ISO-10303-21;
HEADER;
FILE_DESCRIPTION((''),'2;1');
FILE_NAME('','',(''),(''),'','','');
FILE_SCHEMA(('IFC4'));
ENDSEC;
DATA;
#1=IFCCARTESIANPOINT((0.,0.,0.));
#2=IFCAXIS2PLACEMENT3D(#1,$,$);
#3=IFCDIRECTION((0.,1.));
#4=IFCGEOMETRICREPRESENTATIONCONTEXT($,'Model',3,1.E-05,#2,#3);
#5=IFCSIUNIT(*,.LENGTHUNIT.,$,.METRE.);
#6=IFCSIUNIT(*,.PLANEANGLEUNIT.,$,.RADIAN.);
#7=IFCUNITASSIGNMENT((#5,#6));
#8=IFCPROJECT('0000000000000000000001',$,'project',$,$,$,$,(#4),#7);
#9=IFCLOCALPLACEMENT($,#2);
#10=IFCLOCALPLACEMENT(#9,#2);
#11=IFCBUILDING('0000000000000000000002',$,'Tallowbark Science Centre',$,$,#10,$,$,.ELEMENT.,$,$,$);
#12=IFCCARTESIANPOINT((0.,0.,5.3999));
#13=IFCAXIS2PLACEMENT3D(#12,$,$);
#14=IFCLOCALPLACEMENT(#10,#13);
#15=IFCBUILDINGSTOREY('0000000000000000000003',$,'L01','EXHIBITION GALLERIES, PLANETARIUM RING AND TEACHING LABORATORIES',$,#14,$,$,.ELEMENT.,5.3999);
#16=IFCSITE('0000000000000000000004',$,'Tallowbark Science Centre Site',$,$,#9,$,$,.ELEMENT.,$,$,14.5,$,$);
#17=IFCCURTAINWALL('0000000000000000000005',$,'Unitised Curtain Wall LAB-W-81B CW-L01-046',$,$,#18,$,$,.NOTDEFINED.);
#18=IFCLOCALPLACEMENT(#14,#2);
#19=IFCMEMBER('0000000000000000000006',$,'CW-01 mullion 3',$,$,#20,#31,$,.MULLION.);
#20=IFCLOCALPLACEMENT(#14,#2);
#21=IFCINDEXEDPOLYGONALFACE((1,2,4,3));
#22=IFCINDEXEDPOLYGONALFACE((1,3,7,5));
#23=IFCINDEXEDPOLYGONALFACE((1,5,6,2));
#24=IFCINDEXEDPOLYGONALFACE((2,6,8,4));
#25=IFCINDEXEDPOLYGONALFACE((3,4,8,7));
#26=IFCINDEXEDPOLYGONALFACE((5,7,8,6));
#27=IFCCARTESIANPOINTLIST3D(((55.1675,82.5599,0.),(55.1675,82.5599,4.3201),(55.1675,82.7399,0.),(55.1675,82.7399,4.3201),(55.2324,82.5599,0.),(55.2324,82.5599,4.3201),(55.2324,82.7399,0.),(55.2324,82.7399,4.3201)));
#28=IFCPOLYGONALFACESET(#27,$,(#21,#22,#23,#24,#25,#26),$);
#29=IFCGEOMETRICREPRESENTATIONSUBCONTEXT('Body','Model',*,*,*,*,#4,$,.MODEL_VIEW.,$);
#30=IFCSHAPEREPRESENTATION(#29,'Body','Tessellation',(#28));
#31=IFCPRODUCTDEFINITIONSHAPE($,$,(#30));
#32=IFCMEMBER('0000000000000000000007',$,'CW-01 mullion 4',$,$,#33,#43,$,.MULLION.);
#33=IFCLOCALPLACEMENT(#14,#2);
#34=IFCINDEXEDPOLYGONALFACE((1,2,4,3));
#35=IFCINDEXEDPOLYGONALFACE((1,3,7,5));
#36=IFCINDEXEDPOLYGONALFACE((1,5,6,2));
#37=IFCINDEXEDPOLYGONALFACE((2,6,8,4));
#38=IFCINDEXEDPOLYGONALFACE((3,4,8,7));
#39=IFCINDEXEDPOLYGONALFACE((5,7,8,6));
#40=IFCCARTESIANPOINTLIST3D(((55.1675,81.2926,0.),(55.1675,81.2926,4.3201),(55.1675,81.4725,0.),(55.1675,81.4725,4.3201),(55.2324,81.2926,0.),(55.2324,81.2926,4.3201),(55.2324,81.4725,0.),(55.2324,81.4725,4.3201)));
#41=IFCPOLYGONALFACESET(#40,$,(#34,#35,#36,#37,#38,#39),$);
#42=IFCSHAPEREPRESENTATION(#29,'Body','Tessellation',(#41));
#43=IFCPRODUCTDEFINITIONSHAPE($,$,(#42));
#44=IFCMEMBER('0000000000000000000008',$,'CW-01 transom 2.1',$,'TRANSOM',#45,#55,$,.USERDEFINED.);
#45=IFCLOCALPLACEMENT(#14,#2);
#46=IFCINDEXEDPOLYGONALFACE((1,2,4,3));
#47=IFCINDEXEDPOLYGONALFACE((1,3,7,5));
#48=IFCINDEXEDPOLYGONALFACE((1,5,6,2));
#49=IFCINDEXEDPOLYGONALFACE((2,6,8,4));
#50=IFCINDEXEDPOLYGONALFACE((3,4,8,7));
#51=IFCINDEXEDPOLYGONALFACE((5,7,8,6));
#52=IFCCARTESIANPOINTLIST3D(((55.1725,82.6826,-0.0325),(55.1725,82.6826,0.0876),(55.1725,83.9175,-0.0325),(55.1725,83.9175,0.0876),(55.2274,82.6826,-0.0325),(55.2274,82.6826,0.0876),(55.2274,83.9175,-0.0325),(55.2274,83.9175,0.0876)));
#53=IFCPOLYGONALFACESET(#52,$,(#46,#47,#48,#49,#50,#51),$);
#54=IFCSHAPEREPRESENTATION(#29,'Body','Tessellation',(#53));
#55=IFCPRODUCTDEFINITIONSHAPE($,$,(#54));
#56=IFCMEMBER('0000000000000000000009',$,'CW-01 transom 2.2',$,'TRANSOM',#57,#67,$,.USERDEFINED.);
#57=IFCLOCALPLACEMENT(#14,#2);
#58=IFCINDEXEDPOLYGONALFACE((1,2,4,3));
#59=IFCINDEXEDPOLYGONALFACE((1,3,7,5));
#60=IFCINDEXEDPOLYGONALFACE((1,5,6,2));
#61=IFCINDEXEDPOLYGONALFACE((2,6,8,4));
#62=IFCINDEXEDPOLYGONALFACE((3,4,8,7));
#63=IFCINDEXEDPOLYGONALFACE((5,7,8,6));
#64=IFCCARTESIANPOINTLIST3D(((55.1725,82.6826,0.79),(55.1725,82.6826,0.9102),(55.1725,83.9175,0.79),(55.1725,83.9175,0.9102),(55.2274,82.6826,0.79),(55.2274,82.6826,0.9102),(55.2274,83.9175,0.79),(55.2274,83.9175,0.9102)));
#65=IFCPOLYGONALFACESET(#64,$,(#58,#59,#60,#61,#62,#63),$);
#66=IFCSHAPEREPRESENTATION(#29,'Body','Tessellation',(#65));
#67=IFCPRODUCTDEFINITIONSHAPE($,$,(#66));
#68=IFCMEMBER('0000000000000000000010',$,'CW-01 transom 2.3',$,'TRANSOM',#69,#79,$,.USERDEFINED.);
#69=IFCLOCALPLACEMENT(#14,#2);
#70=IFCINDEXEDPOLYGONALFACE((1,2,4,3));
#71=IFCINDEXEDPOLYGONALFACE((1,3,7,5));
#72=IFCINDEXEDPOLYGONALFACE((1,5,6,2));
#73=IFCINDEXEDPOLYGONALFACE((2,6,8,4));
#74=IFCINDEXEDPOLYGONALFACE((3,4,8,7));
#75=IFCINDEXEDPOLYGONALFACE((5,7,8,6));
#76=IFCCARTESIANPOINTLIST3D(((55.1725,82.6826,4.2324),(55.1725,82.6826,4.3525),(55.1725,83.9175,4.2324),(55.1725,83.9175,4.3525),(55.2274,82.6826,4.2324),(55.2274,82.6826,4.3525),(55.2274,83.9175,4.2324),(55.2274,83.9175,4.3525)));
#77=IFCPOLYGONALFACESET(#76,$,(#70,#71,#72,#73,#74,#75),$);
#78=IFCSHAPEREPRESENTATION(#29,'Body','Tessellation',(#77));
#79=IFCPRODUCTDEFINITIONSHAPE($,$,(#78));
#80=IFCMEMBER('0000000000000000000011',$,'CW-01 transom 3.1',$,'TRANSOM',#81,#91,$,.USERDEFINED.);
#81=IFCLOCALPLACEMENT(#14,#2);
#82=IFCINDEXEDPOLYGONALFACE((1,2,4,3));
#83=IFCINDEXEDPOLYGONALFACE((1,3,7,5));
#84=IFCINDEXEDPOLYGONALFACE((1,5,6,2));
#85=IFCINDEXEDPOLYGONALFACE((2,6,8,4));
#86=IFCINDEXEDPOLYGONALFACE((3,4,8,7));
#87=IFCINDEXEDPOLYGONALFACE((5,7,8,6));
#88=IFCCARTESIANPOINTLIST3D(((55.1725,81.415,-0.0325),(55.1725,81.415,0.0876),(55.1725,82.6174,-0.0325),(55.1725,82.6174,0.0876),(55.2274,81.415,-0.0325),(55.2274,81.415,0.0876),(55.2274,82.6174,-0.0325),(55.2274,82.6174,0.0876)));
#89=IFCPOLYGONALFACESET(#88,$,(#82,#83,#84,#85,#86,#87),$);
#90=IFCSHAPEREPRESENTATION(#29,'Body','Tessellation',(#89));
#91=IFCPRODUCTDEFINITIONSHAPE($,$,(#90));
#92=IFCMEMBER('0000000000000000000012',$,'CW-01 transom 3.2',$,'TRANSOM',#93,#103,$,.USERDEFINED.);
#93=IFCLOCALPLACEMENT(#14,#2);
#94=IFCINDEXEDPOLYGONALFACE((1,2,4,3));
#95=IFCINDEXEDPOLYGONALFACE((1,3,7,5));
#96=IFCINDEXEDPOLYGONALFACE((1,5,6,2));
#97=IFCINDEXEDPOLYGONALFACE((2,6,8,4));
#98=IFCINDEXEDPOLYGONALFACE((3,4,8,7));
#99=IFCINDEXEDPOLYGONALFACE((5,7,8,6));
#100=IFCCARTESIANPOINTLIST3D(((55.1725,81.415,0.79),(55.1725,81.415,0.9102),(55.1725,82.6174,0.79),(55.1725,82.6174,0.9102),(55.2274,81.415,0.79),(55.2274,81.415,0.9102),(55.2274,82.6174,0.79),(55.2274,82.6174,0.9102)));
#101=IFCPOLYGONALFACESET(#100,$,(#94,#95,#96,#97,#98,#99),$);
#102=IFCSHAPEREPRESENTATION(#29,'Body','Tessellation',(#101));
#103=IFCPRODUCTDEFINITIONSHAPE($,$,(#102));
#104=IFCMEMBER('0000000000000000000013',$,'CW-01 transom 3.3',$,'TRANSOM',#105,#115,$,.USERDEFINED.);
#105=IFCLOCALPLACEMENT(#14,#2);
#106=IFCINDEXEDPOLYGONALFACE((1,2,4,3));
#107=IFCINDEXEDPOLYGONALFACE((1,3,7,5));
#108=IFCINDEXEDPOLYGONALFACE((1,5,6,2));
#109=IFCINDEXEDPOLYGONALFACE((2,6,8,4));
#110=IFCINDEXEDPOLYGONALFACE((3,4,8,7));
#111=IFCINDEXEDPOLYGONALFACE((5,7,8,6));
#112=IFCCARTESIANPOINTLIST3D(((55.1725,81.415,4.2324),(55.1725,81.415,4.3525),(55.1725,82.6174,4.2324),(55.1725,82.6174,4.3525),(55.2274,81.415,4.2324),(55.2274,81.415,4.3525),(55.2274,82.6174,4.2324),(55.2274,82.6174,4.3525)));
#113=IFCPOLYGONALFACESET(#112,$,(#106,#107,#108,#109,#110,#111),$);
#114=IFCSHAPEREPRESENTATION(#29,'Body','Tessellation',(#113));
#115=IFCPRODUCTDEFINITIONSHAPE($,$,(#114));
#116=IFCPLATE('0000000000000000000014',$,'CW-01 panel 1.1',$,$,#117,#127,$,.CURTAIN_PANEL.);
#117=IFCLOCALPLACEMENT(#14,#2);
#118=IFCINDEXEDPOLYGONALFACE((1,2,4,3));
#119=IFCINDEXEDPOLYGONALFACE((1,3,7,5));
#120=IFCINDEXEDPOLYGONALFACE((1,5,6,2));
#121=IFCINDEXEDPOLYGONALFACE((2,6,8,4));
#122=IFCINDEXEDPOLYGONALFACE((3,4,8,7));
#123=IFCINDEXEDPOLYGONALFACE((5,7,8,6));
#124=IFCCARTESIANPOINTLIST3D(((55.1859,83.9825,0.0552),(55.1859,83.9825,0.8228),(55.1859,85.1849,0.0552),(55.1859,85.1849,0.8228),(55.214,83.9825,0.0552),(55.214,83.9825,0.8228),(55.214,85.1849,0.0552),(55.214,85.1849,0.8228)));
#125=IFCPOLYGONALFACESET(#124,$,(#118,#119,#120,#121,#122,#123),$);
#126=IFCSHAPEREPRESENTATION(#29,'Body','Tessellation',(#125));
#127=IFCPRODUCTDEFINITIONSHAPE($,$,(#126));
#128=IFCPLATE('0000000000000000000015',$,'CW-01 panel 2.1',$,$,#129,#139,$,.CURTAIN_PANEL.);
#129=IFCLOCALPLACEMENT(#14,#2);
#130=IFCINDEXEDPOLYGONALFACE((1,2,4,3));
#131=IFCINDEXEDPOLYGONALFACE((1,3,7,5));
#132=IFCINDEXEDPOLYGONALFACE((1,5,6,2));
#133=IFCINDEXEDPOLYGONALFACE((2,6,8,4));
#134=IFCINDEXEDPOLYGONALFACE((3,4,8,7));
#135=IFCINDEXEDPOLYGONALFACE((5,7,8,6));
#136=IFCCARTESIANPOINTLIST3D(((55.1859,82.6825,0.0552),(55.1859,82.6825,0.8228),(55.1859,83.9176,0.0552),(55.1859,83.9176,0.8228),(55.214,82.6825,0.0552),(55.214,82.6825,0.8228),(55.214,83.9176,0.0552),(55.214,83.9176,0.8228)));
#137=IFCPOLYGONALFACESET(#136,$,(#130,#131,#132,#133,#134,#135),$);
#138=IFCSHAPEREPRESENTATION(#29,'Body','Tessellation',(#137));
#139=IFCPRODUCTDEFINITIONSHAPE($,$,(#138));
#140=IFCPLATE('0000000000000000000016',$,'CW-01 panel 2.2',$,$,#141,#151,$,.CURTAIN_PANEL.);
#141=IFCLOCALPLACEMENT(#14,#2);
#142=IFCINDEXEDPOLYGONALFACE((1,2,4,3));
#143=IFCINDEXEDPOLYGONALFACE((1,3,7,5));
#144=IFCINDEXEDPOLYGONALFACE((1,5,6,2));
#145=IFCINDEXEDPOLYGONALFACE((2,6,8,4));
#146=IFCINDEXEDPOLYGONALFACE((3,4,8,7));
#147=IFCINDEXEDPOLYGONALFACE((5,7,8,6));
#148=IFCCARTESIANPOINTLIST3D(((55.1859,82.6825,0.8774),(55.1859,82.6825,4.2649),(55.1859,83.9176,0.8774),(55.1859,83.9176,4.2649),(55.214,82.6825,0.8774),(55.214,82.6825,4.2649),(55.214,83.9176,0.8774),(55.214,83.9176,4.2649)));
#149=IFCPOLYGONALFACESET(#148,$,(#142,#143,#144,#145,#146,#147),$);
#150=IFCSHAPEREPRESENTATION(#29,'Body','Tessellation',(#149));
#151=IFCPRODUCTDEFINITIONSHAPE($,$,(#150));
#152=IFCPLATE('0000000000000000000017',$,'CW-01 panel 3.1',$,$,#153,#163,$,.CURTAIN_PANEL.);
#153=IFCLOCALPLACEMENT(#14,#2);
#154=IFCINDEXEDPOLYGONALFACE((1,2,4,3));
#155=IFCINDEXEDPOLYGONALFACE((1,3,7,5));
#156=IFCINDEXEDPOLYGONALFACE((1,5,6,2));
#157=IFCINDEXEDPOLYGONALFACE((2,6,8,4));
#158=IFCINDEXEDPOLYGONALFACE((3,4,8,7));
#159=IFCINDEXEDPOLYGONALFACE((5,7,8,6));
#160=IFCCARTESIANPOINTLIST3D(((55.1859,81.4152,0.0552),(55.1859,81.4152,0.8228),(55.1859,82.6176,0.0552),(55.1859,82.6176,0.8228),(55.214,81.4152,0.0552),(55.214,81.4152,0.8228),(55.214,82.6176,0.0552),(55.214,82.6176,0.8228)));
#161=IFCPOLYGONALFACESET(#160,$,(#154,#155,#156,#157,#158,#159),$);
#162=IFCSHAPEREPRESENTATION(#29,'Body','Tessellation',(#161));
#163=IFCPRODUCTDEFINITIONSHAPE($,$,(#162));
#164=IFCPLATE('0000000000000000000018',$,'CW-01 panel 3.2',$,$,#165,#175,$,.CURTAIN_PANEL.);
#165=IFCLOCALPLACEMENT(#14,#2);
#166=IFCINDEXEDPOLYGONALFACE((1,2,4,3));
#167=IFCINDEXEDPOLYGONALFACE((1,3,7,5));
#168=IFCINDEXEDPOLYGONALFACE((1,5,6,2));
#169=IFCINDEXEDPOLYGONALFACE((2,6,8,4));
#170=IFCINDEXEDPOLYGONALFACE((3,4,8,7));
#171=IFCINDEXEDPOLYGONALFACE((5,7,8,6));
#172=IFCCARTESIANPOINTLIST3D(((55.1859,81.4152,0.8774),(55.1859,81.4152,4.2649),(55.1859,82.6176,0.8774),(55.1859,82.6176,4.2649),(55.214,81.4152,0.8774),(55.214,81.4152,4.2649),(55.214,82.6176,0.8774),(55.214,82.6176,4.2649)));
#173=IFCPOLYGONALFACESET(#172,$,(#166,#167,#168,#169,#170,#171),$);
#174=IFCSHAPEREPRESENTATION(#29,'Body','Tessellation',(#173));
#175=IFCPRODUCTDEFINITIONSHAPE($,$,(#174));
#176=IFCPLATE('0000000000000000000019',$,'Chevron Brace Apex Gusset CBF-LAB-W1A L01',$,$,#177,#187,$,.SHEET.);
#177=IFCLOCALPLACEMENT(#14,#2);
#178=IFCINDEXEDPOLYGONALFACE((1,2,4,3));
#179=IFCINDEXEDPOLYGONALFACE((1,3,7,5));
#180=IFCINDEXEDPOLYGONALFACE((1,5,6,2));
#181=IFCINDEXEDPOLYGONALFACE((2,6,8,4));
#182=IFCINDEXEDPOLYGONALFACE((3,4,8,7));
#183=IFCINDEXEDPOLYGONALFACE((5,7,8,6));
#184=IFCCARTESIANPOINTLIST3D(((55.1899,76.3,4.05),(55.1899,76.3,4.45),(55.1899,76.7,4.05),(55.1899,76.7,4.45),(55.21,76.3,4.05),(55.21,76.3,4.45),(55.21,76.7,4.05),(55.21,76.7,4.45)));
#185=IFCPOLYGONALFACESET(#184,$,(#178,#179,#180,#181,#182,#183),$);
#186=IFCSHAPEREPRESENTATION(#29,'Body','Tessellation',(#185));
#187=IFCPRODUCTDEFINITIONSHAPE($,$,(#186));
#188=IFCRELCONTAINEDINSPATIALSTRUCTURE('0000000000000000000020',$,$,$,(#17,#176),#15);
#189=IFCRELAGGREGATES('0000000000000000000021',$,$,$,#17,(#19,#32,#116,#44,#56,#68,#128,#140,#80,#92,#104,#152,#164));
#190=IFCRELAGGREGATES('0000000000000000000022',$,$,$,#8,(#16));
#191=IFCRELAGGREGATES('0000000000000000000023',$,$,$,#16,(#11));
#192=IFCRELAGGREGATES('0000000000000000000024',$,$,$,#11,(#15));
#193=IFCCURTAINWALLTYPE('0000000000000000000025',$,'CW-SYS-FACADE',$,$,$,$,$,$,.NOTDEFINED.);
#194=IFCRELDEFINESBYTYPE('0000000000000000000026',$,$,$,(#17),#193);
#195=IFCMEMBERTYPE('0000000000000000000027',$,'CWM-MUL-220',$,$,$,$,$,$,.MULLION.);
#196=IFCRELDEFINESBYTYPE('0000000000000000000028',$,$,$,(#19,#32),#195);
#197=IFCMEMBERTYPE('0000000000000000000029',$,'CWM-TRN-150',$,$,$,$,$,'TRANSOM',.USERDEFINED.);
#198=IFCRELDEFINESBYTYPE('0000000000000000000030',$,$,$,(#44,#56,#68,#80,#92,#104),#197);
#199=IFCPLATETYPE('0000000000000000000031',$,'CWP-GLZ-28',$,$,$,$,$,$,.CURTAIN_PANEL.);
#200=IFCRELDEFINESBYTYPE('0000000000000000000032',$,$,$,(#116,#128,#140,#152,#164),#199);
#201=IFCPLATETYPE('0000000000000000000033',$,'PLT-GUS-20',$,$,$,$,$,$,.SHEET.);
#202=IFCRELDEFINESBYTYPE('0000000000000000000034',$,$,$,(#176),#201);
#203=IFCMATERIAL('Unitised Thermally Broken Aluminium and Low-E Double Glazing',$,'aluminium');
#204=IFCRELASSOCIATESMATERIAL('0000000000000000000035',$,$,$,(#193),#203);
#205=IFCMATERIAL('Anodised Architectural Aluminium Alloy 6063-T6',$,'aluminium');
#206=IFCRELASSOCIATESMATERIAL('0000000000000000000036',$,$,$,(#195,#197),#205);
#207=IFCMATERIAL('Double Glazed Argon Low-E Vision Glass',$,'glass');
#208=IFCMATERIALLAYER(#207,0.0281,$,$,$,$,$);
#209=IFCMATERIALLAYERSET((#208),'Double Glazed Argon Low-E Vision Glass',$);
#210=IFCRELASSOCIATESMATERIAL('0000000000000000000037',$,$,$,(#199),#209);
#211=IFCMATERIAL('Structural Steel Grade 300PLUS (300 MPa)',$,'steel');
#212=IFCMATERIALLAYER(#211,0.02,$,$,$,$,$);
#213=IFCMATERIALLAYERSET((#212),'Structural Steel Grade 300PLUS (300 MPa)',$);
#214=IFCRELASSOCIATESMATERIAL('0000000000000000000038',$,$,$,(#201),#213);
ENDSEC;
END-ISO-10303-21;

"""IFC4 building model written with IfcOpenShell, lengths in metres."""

from ifc_helpers import new_model, si_unit, direction, frame, origin, origin_2d, place, context, subcontext, project, spatial, rectangle, extrude, material, layer, layer_set, material_profile, profile_set, type_object, element, aggregate, save


model = new_model("IFC4")

# Units and contexts
model_context = context("Model", 3, precision=1e-05, world=origin(), true_north=direction((0.0, 1.0)))
body_context = subcontext(model_context, "Body", "Model", "MODEL_VIEW")
ifc_project = project(units=[si_unit("LENGTHUNIT", "METRE"), si_unit("PLANEANGLEUNIT", "RADIAN")], contexts=[model_context])

# Site, building, storey
site_placement = place(None, origin())
site = spatial("IfcSite", under=ifc_project, at=site_placement, Name="Tallowbark Science Centre Site", CompositionType="ELEMENT", RefElevation=14.5)
building_placement = place(site_placement, origin())
building = spatial("IfcBuilding", under=site, at=building_placement, Name="Tallowbark Science Centre", CompositionType="ELEMENT")
storey_placement = place(building_placement, frame((0.0, 0.0, 5.3999)))
storey = spatial("IfcBuildingStorey", under=building, at=storey_placement, Name="L01", Description="EXHIBITION GALLERIES, PLANETARIUM RING AND TEACHING LABORATORIES", CompositionType="ELEMENT", Elevation=5.3999)

# Shared definitions
ifc_material_1 = material(Name="Structural Steel Grade 300PLUS (300 MPa)", Category="steel")

# Curtain wall, members, plates
ifc_material_2 = material(Name="Unitised Thermally Broken Aluminium and Low-E Double Glazing", Category="aluminium")
curtain_wall_type = type_object("IfcCurtainWallType", Name="CW-SYS-FACADE", PredefinedType="NOTDEFINED", material=ifc_material_2)
curtain_wall_placement = place(storey_placement, origin())
curtain_wall = element("IfcCurtainWall", 1, at=curtain_wall_placement, inside=storey, type_object=curtain_wall_type, Name="Unitised Curtain Wall LAB-W-81B CW-L01-046", PredefinedType="NOTDEFINED")
ifc_material_3 = material(Name="Anodised Architectural Aluminium Alloy 6063-T6", Category="aluminium")
ifc_material_profile_1 = material_profile(ifc_material_3, rectangle(XDim=0.0649, YDim=0.1799, at=origin_2d()), Name="ALU65x180")
ifc_profile_set_1 = profile_set([ifc_material_profile_1], Name="Anodised Architectural Aluminium Alloy 6063-T6")
member_type_1 = type_object("IfcMemberType", Name="CWM-MUL-220", PredefinedType="MULLION", material=ifc_profile_set_1)
member_1_placement = place(storey_placement, frame((55.2, 82.6499, 0.0), z_axis=(0.0, 0.0, 1.0), x_axis=(1.0, 0.0, 0.0)))
member_1 = element("IfcMember", 2, at=member_1_placement, type_object=member_type_1, Name="CW-01 mullion 3", PredefinedType="MULLION", context=body_context, shape_type="SweptSolid", body=[
    extrude(rectangle(XDim=0.0649, YDim=0.1799, at=origin_2d()), origin(), (0.0, 0.0, 1.0), 4.3201),
])
member_2_placement = place(storey_placement, frame((55.2, 81.3826, 0.0), z_axis=(0.0, 0.0, 1.0), x_axis=(1.0, 0.0, 0.0)))
member_2 = element("IfcMember", 3, at=member_2_placement, type_object=member_type_1, Name="CW-01 mullion 4", PredefinedType="MULLION", context=body_context, shape_type="SweptSolid", body=[
    extrude(rectangle(XDim=0.0649, YDim=0.1799, at=origin_2d()), origin(), (0.0, 0.0, 1.0), 4.3201),
])
ifc_material_profile_2 = material_profile(ifc_material_3, rectangle(XDim=0.0549, YDim=0.1201, at=origin_2d()), Name="ALU55x120")
ifc_profile_set_2 = profile_set([ifc_material_profile_2], Name="Anodised Architectural Aluminium Alloy 6063-T6")
member_type_2 = type_object("IfcMemberType", Name="CWM-TRN-150", ElementType="TRANSOM", PredefinedType="USERDEFINED", material=ifc_profile_set_2)
member_3_placement = place(storey_placement, frame((55.2, 83.9175, 0.0276), z_axis=(0.0, -1.0, 0.0), x_axis=(1.0, 0.0, 0.0)))
member_3 = element("IfcMember", 4, at=member_3_placement, type_object=member_type_2, Name="CW-01 transom 2.1", ObjectType="TRANSOM", PredefinedType="USERDEFINED", context=body_context, shape_type="SweptSolid", body=[
    extrude(rectangle(XDim=0.0549, YDim=0.1201, at=origin_2d()), origin(), (0.0, 0.0, 1.0), 1.2349),
])
member_4_placement = place(storey_placement, frame((55.2, 83.9175, 0.8501), z_axis=(0.0, -1.0, 0.0), x_axis=(1.0, 0.0, 0.0)))
member_4 = element("IfcMember", 5, at=member_4_placement, type_object=member_type_2, Name="CW-01 transom 2.2", ObjectType="TRANSOM", PredefinedType="USERDEFINED", context=body_context, shape_type="SweptSolid", body=[
    extrude(rectangle(XDim=0.0549, YDim=0.1201, at=origin_2d()), origin(), (0.0, 0.0, 1.0), 1.2349),
])
member_5_placement = place(storey_placement, frame((55.2, 83.9175, 4.2925), z_axis=(0.0, -1.0, 0.0), x_axis=(1.0, 0.0, 0.0)))
member_5 = element("IfcMember", 6, at=member_5_placement, type_object=member_type_2, Name="CW-01 transom 2.3", ObjectType="TRANSOM", PredefinedType="USERDEFINED", context=body_context, shape_type="SweptSolid", body=[
    extrude(rectangle(XDim=0.0549, YDim=0.1201, at=origin_2d()), origin(), (0.0, 0.0, 1.0), 1.2349),
])
member_6_placement = place(storey_placement, frame((55.2, 82.6174, 0.0276), z_axis=(0.0, -1.0, 0.0), x_axis=(1.0, 0.0, 0.0)))
member_6 = element("IfcMember", 7, at=member_6_placement, type_object=member_type_2, Name="CW-01 transom 3.1", ObjectType="TRANSOM", PredefinedType="USERDEFINED", context=body_context, shape_type="SweptSolid", body=[
    extrude(rectangle(XDim=0.0549, YDim=0.1201, at=origin_2d()), origin(), (0.0, 0.0, 1.0), 1.2024),
])
member_7_placement = place(storey_placement, frame((55.2, 82.6174, 0.8501), z_axis=(0.0, -1.0, 0.0), x_axis=(1.0, 0.0, 0.0)))
member_7 = element("IfcMember", 8, at=member_7_placement, type_object=member_type_2, Name="CW-01 transom 3.2", ObjectType="TRANSOM", PredefinedType="USERDEFINED", context=body_context, shape_type="SweptSolid", body=[
    extrude(rectangle(XDim=0.0549, YDim=0.1201, at=origin_2d()), origin(), (0.0, 0.0, 1.0), 1.2024),
])
member_8_placement = place(storey_placement, frame((55.2, 82.6174, 4.2925), z_axis=(0.0, -1.0, 0.0), x_axis=(1.0, 0.0, 0.0)))
member_8 = element("IfcMember", 9, at=member_8_placement, type_object=member_type_2, Name="CW-01 transom 3.3", ObjectType="TRANSOM", PredefinedType="USERDEFINED", context=body_context, shape_type="SweptSolid", body=[
    extrude(rectangle(XDim=0.0549, YDim=0.1201, at=origin_2d()), origin(), (0.0, 0.0, 1.0), 1.2024),
])
ifc_material_4 = material(Name="Double Glazed Argon Low-E Vision Glass", Category="glass")
ifc_layer_1 = layer(ifc_material_4, 0.0281)
ifc_layer_set_1 = layer_set([ifc_layer_1], Name="Double Glazed Argon Low-E Vision Glass")
plate_type_1 = type_object("IfcPlateType", Name="CWP-GLZ-28", PredefinedType="CURTAIN_PANEL", material=ifc_layer_set_1)
plate_1_placement = place(storey_placement, frame((55.2, 84.5837, 0.0552), z_axis=(0.0, 0.0, 1.0), x_axis=(0.0, -1.0, 0.0)))
plate_1 = element("IfcPlate", 10, at=plate_1_placement, type_object=plate_type_1, Name="CW-01 panel 1.1", PredefinedType="CURTAIN_PANEL", context=body_context, shape_type="SweptSolid", body=[
    extrude(rectangle(XDim=1.2024, YDim=0.0281, at=origin_2d()), origin(), (0.0, 0.0, 1.0), 0.7676),
])
plate_2_placement = place(storey_placement, frame((55.2, 83.3, 0.0552), z_axis=(0.0, 0.0, 1.0), x_axis=(0.0, -1.0, 0.0)))
plate_2 = element("IfcPlate", 11, at=plate_2_placement, type_object=plate_type_1, Name="CW-01 panel 2.1", PredefinedType="CURTAIN_PANEL", context=body_context, shape_type="SweptSolid", body=[
    extrude(rectangle(XDim=1.2351, YDim=0.0281, at=origin_2d()), origin(), (0.0, 0.0, 1.0), 0.7676),
])
plate_3_placement = place(storey_placement, frame((55.2, 83.3, 0.8774), z_axis=(0.0, 0.0, 1.0), x_axis=(0.0, -1.0, 0.0)))
plate_3 = element("IfcPlate", 12, at=plate_3_placement, type_object=plate_type_1, Name="CW-01 panel 2.2", PredefinedType="CURTAIN_PANEL", context=body_context, shape_type="SweptSolid", body=[
    extrude(rectangle(XDim=1.2351, YDim=0.0281, at=origin_2d()), origin(), (0.0, 0.0, 1.0), 3.3875),
])
plate_4_placement = place(storey_placement, frame((55.2, 82.0164, 0.0552), z_axis=(0.0, 0.0, 1.0), x_axis=(0.0, -1.0, 0.0)))
plate_4 = element("IfcPlate", 13, at=plate_4_placement, type_object=plate_type_1, Name="CW-01 panel 3.1", PredefinedType="CURTAIN_PANEL", context=body_context, shape_type="SweptSolid", body=[
    extrude(rectangle(XDim=1.2024, YDim=0.0281, at=origin_2d()), origin(), (0.0, 0.0, 1.0), 0.7676),
])
plate_5_placement = place(storey_placement, frame((55.2, 82.0164, 0.8774), z_axis=(0.0, 0.0, 1.0), x_axis=(0.0, -1.0, 0.0)))
plate_5 = element("IfcPlate", 14, at=plate_5_placement, type_object=plate_type_1, Name="CW-01 panel 3.2", PredefinedType="CURTAIN_PANEL", context=body_context, shape_type="SweptSolid", body=[
    extrude(rectangle(XDim=1.2024, YDim=0.0281, at=origin_2d()), origin(), (0.0, 0.0, 1.0), 3.3875),
])
aggregate(curtain_wall, [member_1, member_2, plate_1, member_3, member_4, member_5, plate_2, plate_3, member_6, member_7, member_8, plate_4, plate_5])

# Plate
ifc_layer_2 = layer(ifc_material_1, 0.02)
ifc_layer_set_2 = layer_set([ifc_layer_2], Name="Structural Steel Grade 300PLUS (300 MPa)")
plate_type_2 = type_object("IfcPlateType", Name="PLT-GUS-20", PredefinedType="SHEET", material=ifc_layer_set_2)
plate_6_placement = place(storey_placement, frame((55.2, 76.5, 4.05), z_axis=(0.0, 0.0, 1.0), x_axis=(0.0, 1.0, 0.0)))
element("IfcPlate", 15, at=plate_6_placement, inside=storey, type_object=plate_type_2, Name="Chevron Brace Apex Gusset CBF-LAB-W1A L01", PredefinedType="SHEET", context=body_context, shape_type="SweptSolid", body=[
    extrude(rectangle(XDim=0.3999, YDim=0.02, at=origin_2d()), origin(), (0.0, 0.0, 1.0), 0.3999),
])

save(model, "model.ifc")
